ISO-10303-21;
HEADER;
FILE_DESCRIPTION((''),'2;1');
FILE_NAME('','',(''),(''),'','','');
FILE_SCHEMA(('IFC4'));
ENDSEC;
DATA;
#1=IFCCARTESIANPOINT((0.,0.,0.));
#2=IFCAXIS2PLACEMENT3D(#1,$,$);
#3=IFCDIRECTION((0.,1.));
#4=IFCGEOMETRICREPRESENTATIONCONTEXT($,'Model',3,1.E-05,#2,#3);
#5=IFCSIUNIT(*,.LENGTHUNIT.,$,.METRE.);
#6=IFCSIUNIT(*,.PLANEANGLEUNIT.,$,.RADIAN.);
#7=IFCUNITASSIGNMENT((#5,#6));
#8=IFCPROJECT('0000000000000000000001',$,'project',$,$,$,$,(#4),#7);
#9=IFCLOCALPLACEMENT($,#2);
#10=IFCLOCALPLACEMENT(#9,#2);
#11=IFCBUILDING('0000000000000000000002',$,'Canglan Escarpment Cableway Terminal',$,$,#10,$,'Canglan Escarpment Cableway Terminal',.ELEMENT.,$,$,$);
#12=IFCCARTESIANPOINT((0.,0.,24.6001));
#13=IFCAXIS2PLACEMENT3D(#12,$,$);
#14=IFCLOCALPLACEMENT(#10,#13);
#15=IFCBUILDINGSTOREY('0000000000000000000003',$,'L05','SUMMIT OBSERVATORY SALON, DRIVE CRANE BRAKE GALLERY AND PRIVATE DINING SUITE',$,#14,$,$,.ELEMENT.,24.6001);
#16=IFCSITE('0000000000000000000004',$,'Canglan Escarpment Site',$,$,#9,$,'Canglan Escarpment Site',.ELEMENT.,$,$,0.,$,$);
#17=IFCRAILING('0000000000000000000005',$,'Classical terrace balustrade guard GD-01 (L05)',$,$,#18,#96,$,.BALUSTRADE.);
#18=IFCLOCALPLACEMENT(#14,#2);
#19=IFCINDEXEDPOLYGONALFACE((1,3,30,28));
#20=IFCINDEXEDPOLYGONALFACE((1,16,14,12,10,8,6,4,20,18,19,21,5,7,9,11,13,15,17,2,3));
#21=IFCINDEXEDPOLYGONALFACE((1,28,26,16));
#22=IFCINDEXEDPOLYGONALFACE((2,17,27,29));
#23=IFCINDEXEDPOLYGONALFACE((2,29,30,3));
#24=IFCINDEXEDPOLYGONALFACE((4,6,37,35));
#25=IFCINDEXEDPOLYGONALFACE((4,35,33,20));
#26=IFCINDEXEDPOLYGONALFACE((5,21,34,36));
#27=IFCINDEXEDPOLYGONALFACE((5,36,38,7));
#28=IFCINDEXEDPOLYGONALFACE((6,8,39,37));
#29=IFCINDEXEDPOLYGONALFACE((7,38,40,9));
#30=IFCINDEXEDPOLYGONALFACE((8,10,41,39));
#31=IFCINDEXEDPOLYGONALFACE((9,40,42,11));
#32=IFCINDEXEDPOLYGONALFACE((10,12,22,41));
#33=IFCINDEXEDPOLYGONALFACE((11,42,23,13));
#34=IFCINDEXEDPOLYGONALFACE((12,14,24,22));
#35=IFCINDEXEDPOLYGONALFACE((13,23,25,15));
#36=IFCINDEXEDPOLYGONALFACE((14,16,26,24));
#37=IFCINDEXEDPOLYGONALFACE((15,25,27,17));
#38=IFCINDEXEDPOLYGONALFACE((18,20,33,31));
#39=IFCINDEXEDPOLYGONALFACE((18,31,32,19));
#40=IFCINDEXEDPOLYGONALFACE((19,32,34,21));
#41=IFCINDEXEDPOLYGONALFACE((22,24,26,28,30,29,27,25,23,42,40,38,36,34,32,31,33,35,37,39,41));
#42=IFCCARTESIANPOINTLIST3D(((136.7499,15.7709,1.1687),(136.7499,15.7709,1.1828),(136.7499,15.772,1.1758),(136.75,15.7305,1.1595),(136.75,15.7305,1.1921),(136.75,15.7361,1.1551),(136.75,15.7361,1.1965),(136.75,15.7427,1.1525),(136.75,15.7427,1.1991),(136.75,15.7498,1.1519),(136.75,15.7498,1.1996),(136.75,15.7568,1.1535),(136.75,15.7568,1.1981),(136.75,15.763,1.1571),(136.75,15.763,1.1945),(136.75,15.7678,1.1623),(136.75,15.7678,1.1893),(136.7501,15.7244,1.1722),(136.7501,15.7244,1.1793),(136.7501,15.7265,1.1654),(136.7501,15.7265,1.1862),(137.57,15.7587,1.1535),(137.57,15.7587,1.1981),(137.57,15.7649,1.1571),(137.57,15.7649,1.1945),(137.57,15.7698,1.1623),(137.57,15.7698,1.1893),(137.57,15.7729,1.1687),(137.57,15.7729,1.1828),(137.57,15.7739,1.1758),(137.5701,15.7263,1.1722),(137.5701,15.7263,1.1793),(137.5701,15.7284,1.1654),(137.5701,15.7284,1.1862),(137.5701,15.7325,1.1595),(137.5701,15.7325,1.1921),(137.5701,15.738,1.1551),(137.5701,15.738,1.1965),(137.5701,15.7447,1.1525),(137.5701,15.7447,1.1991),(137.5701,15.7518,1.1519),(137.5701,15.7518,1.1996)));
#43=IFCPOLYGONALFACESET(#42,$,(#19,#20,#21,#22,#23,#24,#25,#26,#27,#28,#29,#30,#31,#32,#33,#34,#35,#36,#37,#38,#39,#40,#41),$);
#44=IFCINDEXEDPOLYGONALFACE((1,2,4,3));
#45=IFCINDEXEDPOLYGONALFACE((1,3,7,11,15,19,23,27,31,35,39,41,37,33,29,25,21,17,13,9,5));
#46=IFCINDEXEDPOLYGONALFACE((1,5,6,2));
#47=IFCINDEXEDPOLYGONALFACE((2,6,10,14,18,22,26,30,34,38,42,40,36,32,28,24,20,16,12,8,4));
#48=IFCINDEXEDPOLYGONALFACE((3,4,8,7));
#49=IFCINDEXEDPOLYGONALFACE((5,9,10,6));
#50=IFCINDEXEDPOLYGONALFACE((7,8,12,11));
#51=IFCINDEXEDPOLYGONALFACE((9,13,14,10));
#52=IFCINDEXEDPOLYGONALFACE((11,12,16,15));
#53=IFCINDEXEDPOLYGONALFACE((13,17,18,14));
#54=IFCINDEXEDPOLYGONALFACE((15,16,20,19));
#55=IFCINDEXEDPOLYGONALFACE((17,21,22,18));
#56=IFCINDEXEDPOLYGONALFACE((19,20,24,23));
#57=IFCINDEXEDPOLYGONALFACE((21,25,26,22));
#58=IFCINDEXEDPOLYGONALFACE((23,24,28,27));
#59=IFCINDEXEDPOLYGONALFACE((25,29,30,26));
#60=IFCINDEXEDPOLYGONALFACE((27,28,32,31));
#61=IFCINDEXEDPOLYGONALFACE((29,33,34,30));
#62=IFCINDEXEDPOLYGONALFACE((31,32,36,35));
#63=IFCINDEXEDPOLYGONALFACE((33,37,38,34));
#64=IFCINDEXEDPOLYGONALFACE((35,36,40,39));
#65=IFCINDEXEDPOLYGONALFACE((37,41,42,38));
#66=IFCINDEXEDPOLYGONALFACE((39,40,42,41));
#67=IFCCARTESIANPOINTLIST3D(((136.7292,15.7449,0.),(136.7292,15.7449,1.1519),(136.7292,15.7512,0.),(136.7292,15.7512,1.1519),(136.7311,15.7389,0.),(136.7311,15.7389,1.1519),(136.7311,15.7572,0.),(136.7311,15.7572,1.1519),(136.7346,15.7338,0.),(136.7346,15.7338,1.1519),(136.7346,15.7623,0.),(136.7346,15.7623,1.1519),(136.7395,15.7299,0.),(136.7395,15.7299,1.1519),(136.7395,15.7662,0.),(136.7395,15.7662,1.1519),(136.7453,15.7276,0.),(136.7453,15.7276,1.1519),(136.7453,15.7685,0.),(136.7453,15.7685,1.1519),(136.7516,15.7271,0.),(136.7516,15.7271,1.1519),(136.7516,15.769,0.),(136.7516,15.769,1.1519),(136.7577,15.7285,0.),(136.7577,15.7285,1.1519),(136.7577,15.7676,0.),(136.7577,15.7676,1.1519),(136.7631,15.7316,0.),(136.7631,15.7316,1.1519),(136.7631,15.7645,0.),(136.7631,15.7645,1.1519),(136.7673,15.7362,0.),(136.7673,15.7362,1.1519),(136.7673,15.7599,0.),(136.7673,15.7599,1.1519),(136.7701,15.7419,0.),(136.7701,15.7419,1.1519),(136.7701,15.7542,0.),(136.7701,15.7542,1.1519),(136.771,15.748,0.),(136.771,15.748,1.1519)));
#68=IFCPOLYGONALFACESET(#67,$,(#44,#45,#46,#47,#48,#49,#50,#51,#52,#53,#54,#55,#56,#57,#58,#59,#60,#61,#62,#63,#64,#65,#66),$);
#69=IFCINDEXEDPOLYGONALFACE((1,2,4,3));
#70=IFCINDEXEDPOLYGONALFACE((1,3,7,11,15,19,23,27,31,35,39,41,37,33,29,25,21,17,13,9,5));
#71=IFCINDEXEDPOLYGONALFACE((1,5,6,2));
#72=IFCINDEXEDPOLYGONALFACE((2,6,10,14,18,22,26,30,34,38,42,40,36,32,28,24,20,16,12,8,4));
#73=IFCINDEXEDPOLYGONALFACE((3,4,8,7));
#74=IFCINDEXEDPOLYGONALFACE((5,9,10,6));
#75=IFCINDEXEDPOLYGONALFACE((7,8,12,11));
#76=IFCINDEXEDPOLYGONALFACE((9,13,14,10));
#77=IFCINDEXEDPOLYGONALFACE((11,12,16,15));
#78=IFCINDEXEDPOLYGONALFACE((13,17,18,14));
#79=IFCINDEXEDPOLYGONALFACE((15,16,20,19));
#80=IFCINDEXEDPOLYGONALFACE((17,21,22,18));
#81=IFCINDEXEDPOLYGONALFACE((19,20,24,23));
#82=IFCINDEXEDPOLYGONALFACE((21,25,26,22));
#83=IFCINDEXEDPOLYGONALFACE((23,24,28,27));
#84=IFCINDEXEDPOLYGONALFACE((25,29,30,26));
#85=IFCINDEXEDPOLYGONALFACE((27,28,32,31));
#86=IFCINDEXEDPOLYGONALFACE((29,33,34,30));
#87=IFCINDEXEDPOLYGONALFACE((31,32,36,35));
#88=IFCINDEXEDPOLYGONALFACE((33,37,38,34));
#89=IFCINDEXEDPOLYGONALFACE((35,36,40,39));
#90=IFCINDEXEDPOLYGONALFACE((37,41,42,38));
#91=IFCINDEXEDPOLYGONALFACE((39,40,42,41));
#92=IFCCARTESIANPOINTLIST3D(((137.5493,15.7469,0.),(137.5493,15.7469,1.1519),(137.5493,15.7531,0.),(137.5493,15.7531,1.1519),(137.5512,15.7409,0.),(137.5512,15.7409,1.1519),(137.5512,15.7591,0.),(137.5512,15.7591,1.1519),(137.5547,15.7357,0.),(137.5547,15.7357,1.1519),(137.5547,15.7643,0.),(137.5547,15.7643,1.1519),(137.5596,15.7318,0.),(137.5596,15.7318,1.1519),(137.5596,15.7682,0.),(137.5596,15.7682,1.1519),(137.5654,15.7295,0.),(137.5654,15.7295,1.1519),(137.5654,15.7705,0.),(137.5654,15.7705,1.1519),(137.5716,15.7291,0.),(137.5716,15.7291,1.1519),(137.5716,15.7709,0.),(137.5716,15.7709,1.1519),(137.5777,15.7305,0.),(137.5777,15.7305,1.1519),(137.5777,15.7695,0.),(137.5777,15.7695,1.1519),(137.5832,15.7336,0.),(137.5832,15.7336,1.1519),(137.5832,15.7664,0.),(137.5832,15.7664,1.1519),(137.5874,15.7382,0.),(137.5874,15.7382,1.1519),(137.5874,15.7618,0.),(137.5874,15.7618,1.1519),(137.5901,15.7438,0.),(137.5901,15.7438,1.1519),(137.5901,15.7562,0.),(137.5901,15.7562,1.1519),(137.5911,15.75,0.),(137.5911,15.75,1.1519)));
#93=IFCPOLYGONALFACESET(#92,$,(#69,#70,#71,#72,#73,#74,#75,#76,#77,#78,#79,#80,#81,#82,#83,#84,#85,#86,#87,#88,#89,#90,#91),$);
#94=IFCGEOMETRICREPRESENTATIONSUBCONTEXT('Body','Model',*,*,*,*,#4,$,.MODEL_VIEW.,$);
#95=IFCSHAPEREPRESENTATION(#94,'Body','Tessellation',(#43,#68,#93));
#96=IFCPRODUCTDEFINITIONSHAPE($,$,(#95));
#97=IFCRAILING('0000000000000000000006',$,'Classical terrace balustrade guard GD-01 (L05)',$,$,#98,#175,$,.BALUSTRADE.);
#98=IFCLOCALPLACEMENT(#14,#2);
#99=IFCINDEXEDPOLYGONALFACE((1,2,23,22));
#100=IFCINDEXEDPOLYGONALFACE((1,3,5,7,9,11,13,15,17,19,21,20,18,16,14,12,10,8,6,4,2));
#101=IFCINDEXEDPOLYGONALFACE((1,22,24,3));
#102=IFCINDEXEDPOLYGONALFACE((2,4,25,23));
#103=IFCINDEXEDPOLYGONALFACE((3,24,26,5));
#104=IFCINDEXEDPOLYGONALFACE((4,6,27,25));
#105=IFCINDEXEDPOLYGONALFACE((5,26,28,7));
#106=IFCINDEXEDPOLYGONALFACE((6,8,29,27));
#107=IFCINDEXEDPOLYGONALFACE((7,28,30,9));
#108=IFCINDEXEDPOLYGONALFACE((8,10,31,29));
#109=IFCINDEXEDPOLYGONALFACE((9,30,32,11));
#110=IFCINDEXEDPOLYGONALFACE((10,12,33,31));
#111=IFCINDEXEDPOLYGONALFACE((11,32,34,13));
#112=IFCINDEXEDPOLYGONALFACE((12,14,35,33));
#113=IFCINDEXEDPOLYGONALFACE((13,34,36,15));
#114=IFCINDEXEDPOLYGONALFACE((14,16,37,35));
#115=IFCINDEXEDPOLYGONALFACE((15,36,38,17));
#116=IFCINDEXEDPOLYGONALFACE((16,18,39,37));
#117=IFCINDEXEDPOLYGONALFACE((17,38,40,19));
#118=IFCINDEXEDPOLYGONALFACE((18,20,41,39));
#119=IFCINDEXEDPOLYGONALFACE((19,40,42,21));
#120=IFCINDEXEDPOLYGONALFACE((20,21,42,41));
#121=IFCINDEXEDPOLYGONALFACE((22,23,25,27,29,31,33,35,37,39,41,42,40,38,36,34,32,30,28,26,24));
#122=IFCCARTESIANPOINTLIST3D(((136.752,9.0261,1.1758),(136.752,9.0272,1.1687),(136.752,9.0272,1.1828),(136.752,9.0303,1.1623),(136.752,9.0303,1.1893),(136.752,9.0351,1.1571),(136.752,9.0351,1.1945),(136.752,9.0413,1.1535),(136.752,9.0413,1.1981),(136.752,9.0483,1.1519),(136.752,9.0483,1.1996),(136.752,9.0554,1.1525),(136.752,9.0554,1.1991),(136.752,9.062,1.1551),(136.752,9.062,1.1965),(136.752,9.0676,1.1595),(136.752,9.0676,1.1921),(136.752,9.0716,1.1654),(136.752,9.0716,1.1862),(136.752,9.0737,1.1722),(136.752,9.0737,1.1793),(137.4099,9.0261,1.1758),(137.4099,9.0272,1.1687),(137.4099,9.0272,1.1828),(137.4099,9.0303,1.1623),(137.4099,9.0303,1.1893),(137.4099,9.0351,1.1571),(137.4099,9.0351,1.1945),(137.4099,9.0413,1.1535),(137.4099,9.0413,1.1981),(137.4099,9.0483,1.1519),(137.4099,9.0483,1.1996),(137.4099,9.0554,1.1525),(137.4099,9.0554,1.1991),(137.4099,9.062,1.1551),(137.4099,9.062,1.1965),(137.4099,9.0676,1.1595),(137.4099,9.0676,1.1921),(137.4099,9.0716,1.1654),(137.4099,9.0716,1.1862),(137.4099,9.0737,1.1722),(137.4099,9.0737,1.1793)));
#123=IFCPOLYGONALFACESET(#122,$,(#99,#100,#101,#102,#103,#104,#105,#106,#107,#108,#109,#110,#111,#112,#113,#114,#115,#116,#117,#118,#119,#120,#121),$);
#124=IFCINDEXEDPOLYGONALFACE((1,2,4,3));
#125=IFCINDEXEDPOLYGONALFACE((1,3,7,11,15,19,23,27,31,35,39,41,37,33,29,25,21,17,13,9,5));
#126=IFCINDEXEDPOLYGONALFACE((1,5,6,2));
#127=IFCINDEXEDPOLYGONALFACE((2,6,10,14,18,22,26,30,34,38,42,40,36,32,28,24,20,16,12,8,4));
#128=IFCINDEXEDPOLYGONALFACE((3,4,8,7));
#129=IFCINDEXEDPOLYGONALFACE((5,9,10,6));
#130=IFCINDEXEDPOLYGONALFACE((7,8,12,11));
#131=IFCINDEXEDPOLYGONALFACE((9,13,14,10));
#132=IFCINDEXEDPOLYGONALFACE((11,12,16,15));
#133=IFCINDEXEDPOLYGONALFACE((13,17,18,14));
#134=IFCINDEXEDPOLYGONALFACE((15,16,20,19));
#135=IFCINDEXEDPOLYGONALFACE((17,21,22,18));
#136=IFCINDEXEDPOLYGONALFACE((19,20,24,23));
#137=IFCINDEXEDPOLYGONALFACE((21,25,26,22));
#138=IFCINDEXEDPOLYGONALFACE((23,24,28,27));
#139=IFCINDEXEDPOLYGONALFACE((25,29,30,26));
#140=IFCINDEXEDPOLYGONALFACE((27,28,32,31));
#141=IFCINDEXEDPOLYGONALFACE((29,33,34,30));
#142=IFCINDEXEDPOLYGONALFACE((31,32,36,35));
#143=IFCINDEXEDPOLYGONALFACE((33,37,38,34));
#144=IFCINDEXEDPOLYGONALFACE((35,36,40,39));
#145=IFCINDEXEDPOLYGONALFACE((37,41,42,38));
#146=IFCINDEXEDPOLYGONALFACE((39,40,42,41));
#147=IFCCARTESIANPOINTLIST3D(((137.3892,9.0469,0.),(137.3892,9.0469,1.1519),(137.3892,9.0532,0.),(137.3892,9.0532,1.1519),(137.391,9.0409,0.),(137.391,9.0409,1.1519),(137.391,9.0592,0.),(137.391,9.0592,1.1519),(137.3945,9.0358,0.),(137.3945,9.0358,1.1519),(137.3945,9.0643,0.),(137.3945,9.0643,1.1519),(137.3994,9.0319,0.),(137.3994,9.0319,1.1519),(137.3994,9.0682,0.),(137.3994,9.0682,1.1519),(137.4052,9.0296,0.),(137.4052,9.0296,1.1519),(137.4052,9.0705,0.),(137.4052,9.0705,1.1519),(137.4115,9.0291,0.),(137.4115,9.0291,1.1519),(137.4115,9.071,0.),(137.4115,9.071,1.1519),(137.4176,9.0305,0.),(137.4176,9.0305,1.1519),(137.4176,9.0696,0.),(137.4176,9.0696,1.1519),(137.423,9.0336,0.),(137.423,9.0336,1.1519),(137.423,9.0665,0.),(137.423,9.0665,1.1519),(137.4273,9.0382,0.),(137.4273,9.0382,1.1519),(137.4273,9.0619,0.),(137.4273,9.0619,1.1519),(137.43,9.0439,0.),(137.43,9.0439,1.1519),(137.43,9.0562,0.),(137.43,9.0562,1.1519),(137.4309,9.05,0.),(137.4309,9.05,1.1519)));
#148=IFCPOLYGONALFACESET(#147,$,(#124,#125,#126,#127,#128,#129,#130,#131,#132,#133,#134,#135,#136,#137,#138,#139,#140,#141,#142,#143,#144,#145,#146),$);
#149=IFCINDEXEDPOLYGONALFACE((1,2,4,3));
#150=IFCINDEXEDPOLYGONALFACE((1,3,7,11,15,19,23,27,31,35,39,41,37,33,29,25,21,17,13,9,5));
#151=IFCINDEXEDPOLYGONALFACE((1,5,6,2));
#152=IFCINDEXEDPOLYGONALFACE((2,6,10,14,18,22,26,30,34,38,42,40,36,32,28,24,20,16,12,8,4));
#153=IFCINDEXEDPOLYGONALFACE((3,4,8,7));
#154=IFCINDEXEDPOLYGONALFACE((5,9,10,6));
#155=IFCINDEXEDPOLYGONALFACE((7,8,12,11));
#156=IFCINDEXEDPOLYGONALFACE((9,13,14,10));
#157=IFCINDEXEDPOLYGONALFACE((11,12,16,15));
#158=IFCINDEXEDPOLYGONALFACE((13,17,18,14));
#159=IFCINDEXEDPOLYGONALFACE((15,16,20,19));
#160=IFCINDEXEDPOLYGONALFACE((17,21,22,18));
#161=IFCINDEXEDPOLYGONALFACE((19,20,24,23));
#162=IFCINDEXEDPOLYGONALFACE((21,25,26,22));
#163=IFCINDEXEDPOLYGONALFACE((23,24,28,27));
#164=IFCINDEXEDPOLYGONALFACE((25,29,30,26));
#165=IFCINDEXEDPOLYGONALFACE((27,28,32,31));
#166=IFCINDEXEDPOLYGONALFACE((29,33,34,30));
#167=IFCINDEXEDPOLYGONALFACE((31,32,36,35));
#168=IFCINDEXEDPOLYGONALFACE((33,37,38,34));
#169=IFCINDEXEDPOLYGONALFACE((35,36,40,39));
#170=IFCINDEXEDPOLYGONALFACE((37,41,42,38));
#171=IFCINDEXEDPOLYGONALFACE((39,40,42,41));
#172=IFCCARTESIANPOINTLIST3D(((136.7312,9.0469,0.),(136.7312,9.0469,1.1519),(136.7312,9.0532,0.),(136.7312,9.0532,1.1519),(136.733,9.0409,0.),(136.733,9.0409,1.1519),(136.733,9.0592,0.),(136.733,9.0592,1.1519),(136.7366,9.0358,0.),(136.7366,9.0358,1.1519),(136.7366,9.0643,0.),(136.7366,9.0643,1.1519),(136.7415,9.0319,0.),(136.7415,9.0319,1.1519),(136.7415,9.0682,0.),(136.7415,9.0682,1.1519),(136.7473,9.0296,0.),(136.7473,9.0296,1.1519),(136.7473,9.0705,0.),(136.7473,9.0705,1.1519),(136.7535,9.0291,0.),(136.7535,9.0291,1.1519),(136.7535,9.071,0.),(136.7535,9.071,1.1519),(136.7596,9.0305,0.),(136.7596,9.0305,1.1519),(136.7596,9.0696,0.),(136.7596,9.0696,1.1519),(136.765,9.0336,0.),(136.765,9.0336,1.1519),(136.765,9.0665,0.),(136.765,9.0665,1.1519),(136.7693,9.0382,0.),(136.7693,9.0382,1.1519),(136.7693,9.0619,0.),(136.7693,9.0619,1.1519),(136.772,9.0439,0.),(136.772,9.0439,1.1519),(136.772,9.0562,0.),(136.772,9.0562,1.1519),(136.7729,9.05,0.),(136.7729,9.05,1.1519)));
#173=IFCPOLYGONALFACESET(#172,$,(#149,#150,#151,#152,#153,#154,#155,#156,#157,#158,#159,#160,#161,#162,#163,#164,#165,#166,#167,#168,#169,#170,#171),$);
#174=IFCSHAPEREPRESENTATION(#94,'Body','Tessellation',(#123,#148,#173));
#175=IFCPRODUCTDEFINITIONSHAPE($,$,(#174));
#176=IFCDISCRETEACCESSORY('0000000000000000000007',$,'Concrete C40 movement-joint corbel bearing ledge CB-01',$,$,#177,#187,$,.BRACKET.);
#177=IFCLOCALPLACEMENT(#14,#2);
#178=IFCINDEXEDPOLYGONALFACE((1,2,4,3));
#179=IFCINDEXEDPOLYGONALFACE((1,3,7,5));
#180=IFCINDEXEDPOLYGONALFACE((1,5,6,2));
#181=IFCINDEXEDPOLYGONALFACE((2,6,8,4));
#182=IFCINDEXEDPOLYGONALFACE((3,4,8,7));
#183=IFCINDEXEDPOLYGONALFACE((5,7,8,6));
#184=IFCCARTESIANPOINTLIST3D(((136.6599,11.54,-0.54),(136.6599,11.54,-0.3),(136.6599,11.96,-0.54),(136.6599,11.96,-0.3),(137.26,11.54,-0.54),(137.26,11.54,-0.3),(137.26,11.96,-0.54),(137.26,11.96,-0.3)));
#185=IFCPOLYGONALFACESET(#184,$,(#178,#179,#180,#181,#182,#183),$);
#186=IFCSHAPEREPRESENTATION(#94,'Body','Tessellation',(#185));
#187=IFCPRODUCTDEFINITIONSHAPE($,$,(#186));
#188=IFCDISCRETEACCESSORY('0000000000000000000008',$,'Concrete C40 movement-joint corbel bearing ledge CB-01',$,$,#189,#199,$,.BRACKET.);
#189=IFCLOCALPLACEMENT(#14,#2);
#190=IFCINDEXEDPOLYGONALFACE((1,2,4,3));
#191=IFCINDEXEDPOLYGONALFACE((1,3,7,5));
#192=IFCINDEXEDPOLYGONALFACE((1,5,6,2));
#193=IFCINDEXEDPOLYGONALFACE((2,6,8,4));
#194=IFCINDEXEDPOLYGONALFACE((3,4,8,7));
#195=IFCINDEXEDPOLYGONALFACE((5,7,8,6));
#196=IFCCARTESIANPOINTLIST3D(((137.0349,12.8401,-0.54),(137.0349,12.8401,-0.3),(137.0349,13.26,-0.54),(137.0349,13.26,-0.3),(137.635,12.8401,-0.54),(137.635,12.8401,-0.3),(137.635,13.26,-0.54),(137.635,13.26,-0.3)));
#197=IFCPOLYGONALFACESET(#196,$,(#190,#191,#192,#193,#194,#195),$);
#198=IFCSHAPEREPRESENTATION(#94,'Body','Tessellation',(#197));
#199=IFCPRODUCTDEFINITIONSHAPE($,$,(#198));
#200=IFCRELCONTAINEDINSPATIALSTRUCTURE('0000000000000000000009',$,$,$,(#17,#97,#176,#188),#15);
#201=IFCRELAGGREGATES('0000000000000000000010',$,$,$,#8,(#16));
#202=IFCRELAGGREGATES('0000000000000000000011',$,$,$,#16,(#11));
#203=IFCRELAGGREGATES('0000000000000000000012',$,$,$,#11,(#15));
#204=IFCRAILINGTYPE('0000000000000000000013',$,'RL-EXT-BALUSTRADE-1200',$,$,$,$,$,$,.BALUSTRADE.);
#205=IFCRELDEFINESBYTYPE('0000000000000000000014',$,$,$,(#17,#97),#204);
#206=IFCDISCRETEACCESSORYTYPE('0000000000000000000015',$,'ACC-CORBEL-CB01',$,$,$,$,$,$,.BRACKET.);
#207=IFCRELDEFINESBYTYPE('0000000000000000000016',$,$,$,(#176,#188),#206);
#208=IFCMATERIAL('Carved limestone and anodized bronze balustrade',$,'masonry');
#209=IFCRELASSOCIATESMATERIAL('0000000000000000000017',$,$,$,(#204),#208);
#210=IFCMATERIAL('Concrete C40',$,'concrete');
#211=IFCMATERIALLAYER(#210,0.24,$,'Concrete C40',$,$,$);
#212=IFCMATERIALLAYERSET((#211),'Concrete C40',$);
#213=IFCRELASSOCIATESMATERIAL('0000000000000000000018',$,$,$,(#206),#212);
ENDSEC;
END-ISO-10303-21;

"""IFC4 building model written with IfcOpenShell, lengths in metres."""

from ifc_helpers import new_model, si_unit, direction, frame, origin, origin_2d, place, context, subcontext, project, spatial, rectangle, circle, extrude, material, layer, layer_set, type_object, element, save


model = new_model("IFC4")

# Units and contexts
model_context = context("Model", 3, precision=1e-05, world=origin(), true_north=direction((0.0, 1.0)))
body_context = subcontext(model_context, "Body", "Model", "MODEL_VIEW")
ifc_project = project(units=[si_unit("LENGTHUNIT", "METRE"), si_unit("PLANEANGLEUNIT", "RADIAN")], contexts=[model_context])

# Site, building, storey
site_placement = place(None, origin())
site = spatial("IfcSite", under=ifc_project, at=site_placement, Name="Canglan Escarpment Site", LongName="Canglan Escarpment Site", CompositionType="ELEMENT", RefElevation=0.0)
building_placement = place(site_placement, origin())
building = spatial("IfcBuilding", under=site, at=building_placement, Name="Canglan Escarpment Cableway Terminal", LongName="Canglan Escarpment Cableway Terminal", CompositionType="ELEMENT")
storey_placement = place(building_placement, frame((0.0, 0.0, 24.6001)))
storey = spatial("IfcBuildingStorey", under=building, at=storey_placement, Name="L05", Description="SUMMIT OBSERVATORY SALON, DRIVE CRANE BRAKE GALLERY AND PRIVATE DINING SUITE", CompositionType="ELEMENT", Elevation=24.6001)

# Railings
ifc_material_1 = material(Name="Carved limestone and anodized bronze balustrade", Category="masonry")
railing_type = type_object("IfcRailingType", Name="RL-EXT-BALUSTRADE-1200", PredefinedType="BALUSTRADE", material=ifc_material_1)
railing_1_placement = place(storey_placement, frame((136.75, 15.748, 0.0)))
element("IfcRailing", 1, at=railing_1_placement, inside=storey, type_object=railing_type, Name="Classical terrace balustrade guard GD-01 (L05)", PredefinedType="BALUSTRADE", context=body_context, shape_type="SweptSolid", body=[
    extrude(circle(Radius=0.0239, at=origin_2d()), frame((0.0, 0.0, 1.1758), z_axis=(0.999997, 0.002382, 0.0), x_axis=(-0.002382, 0.999997, 0.0)), (0.0, 0.0, 1.0), 0.8201),
    extrude(circle(Radius=0.021, at=origin_2d()), origin(), (0.0, 0.0, 1.0), 1.1519),
    extrude(circle(Radius=0.021, at=origin_2d()), frame((0.8201, 0.002, 0.0)), (0.0, 0.0, 1.0), 1.1519),
])
railing_2_placement = place(storey_placement, frame((137.4099, 9.05, 0.0)))
element("IfcRailing", 2, at=railing_2_placement, inside=storey, type_object=railing_type, Name="Classical terrace balustrade guard GD-01 (L05)", PredefinedType="BALUSTRADE", context=body_context, shape_type="SweptSolid", body=[
    extrude(circle(Radius=0.0239, at=origin_2d()), frame((0.0, 0.0, 1.1758), z_axis=(-1.0, 0.0, 0.0), x_axis=(0.0, -1.0, 0.0)), (0.0, 0.0, 1.0), 0.658),
    extrude(circle(Radius=0.021, at=origin_2d()), origin(), (0.0, 0.0, 1.0), 1.1519),
    extrude(circle(Radius=0.021, at=origin_2d()), frame((-0.658, 0.0, 0.0)), (0.0, 0.0, 1.0), 1.1519),
])

# Discrete accessories
ifc_material_2 = material(Name="Concrete C40", Category="concrete")
ifc_layer_1 = layer(ifc_material_2, 0.24, Name="Concrete C40")
ifc_layer_set_1 = layer_set([ifc_layer_1], Name="Concrete C40")
discrete_accessory_type_1 = type_object("IfcDiscreteAccessoryType", Name="ACC-CORBEL-CB01", PredefinedType="BRACKET", material=ifc_layer_set_1)
for number, where, z_axis, x_axis, name in (
    (3, (136.96, 11.75, -0.54), (0.0, 0.0, 1.0), (1.0, 0.0, 0.0), "Concrete C40 movement-joint corbel bearing ledge CB-01"),
    (4, (137.335, 13.05, -0.54), (0.0, 0.0, 1.0), (1.0, 0.0, 0.0), "Concrete C40 movement-joint corbel bearing ledge CB-01"),
):
    element("IfcDiscreteAccessory", number, at=place(storey_placement, frame(where, z_axis=z_axis, x_axis=x_axis)), inside=storey, type_object=discrete_accessory_type_1, Name=name, PredefinedType="BRACKET", context=body_context, shape_type="SweptSolid", body=[
        extrude(rectangle(XDim=0.6001, YDim=0.4199, at=origin_2d()), origin(), (0.0, 0.0, 1.0), 0.24),
    ])

save(model, "model.ifc")
